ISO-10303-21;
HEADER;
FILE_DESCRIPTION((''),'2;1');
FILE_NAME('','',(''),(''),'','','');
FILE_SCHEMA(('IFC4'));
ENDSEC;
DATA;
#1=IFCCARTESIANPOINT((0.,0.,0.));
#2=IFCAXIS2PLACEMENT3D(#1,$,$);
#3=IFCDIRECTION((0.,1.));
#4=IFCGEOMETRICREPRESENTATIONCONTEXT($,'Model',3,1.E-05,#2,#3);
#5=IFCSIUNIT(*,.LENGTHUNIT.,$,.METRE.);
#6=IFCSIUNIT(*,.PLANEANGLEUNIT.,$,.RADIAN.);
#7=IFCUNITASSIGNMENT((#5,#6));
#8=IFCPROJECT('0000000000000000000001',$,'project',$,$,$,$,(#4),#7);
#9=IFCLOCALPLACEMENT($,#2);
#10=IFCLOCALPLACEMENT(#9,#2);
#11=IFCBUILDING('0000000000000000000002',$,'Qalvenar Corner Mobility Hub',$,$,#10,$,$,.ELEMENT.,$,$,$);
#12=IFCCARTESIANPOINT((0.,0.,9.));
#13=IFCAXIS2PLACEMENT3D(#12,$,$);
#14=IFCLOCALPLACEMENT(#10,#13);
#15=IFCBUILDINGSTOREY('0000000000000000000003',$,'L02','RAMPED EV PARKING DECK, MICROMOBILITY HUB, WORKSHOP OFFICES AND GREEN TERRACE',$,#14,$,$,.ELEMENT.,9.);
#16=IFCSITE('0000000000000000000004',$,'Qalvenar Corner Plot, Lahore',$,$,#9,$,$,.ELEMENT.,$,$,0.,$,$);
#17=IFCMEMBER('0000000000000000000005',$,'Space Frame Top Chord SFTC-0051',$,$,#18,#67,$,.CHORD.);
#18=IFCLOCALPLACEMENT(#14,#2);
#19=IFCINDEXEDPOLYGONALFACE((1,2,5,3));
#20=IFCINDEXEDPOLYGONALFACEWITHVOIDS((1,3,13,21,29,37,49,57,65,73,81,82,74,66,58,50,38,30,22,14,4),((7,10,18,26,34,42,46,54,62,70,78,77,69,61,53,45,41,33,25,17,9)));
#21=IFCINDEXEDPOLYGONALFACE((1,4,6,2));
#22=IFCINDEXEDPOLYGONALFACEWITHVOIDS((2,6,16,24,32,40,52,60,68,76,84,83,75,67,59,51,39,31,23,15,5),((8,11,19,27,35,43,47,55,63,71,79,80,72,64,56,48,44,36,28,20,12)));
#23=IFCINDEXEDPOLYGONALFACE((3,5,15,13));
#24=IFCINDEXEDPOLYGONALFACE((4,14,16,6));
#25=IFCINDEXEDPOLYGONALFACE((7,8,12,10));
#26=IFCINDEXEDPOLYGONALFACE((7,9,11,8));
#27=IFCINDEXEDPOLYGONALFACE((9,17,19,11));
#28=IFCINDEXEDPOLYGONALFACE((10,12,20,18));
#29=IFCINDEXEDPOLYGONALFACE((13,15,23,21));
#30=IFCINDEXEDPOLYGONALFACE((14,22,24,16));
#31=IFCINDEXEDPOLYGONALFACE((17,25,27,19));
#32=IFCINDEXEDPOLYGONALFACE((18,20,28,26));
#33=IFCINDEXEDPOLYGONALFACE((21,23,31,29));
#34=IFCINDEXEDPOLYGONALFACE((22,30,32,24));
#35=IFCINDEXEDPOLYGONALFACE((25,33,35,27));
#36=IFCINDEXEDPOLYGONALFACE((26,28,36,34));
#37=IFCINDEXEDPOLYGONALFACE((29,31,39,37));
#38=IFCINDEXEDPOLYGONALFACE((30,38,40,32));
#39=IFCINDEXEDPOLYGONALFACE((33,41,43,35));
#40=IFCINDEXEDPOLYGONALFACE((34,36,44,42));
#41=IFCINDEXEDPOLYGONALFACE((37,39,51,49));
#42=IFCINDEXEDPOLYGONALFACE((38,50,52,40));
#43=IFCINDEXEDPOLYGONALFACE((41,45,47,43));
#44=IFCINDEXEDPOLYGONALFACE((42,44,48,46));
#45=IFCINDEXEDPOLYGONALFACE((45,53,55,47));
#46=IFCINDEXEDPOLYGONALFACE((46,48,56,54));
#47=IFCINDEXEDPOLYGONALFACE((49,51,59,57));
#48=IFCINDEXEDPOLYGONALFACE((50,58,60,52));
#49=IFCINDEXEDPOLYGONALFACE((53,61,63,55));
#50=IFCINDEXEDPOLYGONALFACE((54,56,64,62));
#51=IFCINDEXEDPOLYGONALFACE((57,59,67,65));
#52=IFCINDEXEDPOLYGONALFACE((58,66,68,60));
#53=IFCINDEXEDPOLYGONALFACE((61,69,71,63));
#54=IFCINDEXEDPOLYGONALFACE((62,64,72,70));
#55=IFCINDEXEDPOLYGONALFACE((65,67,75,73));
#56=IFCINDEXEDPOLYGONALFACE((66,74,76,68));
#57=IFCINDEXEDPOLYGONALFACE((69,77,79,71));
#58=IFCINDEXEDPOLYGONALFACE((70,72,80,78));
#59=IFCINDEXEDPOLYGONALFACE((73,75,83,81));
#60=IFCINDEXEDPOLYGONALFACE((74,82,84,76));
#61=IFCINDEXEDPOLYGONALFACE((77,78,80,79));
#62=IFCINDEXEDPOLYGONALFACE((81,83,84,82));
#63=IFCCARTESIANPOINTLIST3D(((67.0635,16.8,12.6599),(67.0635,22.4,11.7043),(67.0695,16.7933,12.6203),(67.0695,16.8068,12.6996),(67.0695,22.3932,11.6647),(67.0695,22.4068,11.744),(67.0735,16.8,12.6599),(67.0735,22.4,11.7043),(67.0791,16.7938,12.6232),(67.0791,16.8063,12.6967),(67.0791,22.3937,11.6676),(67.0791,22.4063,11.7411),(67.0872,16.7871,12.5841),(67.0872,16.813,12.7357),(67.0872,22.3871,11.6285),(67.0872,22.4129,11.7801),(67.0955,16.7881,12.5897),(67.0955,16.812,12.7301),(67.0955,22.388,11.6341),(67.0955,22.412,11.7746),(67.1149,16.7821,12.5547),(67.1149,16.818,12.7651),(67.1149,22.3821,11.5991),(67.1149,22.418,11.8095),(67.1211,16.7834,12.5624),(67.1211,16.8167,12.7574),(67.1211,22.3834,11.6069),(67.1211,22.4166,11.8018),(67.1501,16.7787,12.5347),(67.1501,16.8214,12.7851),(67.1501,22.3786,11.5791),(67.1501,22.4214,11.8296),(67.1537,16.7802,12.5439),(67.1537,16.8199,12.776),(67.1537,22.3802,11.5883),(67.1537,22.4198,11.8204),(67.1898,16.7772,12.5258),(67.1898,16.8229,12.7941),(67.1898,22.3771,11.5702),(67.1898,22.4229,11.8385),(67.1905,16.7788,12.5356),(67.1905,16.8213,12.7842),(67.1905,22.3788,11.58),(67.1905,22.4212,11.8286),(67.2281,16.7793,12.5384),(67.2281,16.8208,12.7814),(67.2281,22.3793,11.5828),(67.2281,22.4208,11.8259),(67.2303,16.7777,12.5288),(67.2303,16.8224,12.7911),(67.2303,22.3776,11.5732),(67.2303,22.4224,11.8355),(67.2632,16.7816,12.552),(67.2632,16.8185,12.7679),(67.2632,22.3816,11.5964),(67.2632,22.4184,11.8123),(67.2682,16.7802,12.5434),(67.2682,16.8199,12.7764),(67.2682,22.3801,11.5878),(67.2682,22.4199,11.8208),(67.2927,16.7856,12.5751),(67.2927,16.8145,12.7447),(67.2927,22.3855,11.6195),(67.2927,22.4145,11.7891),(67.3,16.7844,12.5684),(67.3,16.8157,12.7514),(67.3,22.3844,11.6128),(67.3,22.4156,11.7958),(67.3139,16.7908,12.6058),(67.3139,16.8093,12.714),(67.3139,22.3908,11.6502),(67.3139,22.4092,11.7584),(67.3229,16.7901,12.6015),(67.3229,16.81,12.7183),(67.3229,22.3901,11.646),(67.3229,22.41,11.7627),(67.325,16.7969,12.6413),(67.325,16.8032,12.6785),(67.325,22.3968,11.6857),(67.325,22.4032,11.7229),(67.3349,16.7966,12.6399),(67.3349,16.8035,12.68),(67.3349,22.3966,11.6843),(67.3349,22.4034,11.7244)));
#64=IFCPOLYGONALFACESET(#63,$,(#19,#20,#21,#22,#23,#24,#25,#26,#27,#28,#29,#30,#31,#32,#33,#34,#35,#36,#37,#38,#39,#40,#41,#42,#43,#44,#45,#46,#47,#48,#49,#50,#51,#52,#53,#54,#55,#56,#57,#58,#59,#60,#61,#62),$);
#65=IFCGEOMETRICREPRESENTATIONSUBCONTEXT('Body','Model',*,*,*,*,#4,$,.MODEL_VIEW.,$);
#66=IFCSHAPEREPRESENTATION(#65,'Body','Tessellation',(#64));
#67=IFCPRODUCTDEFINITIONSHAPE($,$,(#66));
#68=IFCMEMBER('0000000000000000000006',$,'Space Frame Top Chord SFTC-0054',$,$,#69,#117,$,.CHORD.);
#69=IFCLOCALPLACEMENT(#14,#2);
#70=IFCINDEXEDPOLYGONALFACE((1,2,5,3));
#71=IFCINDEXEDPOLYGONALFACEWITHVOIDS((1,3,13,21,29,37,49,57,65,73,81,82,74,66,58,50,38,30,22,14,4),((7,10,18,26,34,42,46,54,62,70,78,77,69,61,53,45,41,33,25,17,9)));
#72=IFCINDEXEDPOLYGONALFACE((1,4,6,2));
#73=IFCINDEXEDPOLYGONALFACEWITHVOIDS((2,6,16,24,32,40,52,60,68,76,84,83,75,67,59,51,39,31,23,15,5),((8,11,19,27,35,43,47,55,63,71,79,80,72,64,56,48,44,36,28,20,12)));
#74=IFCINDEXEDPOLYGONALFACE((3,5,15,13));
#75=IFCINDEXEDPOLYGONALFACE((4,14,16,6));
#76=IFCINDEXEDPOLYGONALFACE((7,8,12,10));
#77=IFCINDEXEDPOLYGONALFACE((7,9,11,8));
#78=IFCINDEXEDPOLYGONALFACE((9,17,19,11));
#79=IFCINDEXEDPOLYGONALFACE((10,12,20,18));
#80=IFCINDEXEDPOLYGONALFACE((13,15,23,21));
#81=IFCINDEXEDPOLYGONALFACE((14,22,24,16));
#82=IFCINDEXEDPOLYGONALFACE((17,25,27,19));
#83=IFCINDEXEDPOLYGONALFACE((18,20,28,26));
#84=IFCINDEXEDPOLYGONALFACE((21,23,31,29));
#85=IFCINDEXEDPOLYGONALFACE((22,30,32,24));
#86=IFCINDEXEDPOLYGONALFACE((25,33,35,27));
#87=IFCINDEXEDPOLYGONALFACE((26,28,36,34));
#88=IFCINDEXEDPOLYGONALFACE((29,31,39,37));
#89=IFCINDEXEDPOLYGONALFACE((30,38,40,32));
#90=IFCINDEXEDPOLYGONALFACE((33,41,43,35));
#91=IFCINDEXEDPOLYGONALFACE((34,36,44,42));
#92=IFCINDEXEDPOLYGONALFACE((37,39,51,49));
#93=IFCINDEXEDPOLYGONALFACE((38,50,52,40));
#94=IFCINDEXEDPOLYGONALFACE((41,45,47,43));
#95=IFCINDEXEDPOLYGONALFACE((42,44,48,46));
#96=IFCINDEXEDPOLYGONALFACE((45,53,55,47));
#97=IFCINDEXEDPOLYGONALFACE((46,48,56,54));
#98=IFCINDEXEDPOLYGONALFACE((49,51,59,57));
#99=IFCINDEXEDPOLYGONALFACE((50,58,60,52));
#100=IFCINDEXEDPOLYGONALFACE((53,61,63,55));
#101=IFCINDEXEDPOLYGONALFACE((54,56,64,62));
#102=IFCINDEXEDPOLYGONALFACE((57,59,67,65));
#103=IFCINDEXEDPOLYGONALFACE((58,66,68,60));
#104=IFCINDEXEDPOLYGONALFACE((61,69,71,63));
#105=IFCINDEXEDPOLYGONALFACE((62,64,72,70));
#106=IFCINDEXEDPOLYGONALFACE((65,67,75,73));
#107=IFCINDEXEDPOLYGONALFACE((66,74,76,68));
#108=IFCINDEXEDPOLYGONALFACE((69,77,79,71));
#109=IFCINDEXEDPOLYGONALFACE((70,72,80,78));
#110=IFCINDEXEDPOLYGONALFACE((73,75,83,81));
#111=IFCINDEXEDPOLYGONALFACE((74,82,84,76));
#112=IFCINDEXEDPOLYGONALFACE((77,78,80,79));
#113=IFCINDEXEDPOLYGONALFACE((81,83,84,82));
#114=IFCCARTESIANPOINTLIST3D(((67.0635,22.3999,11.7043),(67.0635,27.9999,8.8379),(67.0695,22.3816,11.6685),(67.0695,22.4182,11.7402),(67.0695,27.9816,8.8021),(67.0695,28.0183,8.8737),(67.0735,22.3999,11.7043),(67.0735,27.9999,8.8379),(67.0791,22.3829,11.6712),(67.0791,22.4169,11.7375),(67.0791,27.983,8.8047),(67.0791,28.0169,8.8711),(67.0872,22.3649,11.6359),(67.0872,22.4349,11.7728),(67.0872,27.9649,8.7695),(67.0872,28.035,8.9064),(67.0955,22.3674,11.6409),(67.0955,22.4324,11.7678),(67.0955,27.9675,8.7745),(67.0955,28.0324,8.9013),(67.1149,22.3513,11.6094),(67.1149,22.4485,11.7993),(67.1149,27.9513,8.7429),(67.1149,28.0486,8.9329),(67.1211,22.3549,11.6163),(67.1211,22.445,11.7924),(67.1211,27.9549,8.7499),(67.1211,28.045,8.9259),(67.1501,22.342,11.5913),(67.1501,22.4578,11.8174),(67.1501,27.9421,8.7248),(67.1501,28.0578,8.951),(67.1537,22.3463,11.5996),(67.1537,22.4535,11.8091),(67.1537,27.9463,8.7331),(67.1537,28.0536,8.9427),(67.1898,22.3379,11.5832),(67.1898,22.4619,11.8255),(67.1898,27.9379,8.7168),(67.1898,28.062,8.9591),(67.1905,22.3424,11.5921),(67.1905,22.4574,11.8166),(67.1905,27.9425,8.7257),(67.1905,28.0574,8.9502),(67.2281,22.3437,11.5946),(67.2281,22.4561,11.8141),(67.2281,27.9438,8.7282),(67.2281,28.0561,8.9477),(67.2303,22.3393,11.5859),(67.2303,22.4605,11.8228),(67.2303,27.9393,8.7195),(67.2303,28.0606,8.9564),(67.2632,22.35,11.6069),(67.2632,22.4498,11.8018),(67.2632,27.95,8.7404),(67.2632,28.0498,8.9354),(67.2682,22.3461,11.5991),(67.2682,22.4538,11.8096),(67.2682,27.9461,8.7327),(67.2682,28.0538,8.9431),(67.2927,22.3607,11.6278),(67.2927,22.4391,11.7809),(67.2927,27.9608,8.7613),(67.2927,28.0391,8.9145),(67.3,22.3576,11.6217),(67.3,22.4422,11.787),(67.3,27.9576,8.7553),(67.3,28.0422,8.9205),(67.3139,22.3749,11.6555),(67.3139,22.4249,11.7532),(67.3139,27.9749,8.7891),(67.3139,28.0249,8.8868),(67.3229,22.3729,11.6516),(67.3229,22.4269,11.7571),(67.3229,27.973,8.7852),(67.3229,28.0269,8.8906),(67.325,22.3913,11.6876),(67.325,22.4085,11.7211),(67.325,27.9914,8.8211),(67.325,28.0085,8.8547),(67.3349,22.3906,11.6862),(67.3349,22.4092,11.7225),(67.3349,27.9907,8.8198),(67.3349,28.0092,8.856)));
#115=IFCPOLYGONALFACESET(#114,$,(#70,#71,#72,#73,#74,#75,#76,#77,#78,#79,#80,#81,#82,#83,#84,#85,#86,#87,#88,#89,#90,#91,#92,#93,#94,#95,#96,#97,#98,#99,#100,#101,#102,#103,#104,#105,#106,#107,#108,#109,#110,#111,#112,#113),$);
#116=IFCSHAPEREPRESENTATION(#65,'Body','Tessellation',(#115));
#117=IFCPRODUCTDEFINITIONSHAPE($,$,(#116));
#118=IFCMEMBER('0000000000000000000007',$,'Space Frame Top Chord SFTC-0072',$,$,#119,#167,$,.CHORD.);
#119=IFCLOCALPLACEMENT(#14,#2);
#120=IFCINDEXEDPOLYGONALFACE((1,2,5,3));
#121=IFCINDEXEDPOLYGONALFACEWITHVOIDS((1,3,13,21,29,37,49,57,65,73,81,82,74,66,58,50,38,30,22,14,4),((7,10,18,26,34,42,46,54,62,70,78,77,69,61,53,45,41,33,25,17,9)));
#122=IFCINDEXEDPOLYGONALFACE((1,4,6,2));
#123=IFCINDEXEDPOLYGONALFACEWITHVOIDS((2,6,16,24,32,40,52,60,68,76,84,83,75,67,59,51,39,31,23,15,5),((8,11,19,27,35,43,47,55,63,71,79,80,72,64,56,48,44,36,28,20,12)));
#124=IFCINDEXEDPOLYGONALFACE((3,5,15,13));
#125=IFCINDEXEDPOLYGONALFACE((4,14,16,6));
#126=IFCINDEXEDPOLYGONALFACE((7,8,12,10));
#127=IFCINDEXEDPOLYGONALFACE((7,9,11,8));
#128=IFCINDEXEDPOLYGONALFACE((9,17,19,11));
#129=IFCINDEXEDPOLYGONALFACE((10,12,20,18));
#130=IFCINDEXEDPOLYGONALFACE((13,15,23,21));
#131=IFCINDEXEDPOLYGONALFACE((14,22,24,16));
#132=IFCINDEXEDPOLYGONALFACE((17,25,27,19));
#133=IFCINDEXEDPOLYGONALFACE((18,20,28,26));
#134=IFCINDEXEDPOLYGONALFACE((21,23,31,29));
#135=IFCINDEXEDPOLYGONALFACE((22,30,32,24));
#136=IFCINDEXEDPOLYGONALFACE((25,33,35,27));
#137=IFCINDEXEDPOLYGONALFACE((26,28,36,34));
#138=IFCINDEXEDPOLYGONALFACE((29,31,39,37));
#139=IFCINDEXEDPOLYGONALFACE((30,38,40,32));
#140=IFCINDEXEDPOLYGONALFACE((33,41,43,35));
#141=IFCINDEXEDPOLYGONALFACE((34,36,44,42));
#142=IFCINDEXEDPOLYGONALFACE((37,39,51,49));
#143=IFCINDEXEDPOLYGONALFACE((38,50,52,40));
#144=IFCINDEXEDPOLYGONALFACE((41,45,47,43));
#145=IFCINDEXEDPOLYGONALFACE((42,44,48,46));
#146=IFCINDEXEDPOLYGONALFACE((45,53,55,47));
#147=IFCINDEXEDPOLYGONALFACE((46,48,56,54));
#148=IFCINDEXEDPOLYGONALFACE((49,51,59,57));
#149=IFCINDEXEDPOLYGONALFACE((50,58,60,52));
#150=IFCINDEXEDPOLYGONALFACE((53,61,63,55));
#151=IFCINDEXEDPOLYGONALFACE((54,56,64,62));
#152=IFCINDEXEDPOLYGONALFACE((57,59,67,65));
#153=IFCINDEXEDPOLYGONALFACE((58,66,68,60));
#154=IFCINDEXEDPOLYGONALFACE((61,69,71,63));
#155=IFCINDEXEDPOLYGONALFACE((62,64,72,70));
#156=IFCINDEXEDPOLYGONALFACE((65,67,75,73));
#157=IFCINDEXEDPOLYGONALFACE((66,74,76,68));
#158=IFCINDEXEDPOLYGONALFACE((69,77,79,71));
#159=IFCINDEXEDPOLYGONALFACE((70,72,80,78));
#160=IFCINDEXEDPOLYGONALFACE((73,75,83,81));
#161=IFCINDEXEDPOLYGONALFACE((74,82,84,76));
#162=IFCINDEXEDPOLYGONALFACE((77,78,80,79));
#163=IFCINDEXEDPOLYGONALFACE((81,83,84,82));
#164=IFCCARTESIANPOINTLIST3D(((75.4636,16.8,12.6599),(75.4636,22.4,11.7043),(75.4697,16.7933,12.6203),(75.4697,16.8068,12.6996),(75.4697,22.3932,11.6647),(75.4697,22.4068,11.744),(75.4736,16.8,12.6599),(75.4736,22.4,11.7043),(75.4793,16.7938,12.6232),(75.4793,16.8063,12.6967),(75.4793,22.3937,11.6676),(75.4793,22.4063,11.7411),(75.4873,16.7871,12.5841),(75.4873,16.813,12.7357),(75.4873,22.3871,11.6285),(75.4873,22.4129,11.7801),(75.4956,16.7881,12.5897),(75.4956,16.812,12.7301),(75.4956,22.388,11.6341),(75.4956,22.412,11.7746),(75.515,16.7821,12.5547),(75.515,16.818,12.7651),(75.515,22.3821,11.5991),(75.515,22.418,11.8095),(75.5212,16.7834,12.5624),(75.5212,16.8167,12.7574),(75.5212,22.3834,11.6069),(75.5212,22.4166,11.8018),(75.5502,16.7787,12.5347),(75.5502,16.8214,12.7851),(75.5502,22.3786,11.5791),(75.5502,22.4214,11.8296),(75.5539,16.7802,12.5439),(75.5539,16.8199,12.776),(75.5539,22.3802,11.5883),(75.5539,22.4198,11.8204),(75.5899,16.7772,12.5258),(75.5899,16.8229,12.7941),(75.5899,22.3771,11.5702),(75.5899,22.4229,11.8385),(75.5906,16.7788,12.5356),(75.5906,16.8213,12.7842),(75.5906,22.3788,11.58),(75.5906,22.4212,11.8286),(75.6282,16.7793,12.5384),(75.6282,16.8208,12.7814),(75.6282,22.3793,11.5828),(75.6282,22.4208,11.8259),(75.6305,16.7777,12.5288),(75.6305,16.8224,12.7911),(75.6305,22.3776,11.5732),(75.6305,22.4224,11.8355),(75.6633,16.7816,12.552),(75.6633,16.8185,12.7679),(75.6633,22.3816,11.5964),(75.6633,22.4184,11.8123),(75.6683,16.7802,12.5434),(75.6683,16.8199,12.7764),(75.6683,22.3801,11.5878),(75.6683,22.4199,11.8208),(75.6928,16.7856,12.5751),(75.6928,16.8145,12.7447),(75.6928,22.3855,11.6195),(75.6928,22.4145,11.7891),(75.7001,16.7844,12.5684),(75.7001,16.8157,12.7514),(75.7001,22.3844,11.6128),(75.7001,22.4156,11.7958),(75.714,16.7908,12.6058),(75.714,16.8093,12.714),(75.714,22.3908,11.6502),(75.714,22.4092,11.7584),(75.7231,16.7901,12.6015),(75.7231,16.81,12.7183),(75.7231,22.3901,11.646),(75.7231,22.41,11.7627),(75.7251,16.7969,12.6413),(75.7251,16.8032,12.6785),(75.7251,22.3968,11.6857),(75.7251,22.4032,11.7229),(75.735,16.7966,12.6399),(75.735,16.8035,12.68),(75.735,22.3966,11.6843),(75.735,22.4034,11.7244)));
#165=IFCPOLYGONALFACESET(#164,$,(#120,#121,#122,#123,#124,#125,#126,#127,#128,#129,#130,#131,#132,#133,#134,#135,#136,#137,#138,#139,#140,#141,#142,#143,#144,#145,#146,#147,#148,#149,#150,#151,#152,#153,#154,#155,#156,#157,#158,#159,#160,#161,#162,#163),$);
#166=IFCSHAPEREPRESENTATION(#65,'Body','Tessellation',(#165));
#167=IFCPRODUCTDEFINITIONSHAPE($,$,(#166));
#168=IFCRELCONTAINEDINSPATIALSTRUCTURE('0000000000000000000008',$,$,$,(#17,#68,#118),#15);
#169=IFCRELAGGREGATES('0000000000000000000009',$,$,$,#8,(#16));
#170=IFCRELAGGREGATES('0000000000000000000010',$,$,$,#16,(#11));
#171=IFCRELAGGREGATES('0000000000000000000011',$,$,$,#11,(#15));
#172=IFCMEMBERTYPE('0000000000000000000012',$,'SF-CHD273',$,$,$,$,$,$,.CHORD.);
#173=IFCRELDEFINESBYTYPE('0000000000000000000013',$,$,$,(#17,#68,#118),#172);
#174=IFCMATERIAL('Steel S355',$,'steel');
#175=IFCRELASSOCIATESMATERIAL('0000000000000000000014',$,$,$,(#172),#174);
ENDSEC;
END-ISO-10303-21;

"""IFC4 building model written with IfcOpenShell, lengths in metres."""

from ifc_helpers import new_model, si_unit, direction, frame, origin, origin_2d, place, context, subcontext, project, spatial, hollow_circle, extrude, material, material_profile, profile_set, type_object, element, save


model = new_model("IFC4")

# Units and contexts
model_context = context("Model", 3, precision=1e-05, world=origin(), true_north=direction((0.0, 1.0)))
body_context = subcontext(model_context, "Body", "Model", "MODEL_VIEW")
ifc_project = project(units=[si_unit("LENGTHUNIT", "METRE"), si_unit("PLANEANGLEUNIT", "RADIAN")], contexts=[model_context])

# Site, building, storey
site_placement = place(None, origin())
site = spatial("IfcSite", under=ifc_project, at=site_placement, Name="Qalvenar Corner Plot, Lahore", CompositionType="ELEMENT", RefElevation=0.0)
building_placement = place(site_placement, origin())
building = spatial("IfcBuilding", under=site, at=building_placement, Name="Qalvenar Corner Mobility Hub", CompositionType="ELEMENT")
storey_placement = place(building_placement, frame((0.0, 0.0, 9.0)))
storey = spatial("IfcBuildingStorey", under=building, at=storey_placement, Name="L02", Description="RAMPED EV PARKING DECK, MICROMOBILITY HUB, WORKSHOP OFFICES AND GREEN TERRACE", CompositionType="ELEMENT", Elevation=9.0)

# Members
ifc_material_1 = material(Name="Steel S355", Category="steel")
ifc_material_profile_1 = material_profile(ifc_material_1, hollow_circle(Radius=0.1365, WallThickness=0.01, at=origin_2d()), Name="CHS273x10")
ifc_profile_set_1 = profile_set([ifc_material_profile_1], Name="Steel S355")
member_type_1 = type_object("IfcMemberType", Name="SF-CHD273", PredefinedType="CHORD", material=ifc_profile_set_1)
member_1_placement = place(storey_placement, frame((67.2, 16.8, 12.6599), z_axis=(0.0, 0.985751, -0.16821), x_axis=(-1.0, 0.0, 0.0)))
element("IfcMember", 1, at=member_1_placement, inside=storey, type_object=member_type_1, Name="Space Frame Top Chord SFTC-0051", PredefinedType="CHORD", context=body_context, shape_type="SweptSolid", body=[
    extrude(hollow_circle(Radius=0.1365, WallThickness=0.01, at=origin_2d()), origin(), (0.0, 0.0, 1.0), 5.6809),
])
member_2_placement = place(storey_placement, frame((67.2, 22.3999, 11.7043), z_axis=(0.0, 0.890165, -0.455638), x_axis=(-1.0, 0.0, 0.0)))
element("IfcMember", 2, at=member_2_placement, inside=storey, type_object=member_type_1, Name="Space Frame Top Chord SFTC-0054", PredefinedType="CHORD", context=body_context, shape_type="SweptSolid", body=[
    extrude(hollow_circle(Radius=0.1365, WallThickness=0.01, at=origin_2d()), origin(), (0.0, 0.0, 1.0), 6.291),
])
member_3_placement = place(storey_placement, frame((75.6001, 16.8, 12.6599), z_axis=(0.0, 0.985751, -0.16821), x_axis=(-1.0, 0.0, 0.0)))
element("IfcMember", 3, at=member_3_placement, inside=storey, type_object=member_type_1, Name="Space Frame Top Chord SFTC-0072", PredefinedType="CHORD", context=body_context, shape_type="SweptSolid", body=[
    extrude(hollow_circle(Radius=0.1365, WallThickness=0.01, at=origin_2d()), origin(), (0.0, 0.0, 1.0), 5.6809),
])

save(model, "model.ifc")
